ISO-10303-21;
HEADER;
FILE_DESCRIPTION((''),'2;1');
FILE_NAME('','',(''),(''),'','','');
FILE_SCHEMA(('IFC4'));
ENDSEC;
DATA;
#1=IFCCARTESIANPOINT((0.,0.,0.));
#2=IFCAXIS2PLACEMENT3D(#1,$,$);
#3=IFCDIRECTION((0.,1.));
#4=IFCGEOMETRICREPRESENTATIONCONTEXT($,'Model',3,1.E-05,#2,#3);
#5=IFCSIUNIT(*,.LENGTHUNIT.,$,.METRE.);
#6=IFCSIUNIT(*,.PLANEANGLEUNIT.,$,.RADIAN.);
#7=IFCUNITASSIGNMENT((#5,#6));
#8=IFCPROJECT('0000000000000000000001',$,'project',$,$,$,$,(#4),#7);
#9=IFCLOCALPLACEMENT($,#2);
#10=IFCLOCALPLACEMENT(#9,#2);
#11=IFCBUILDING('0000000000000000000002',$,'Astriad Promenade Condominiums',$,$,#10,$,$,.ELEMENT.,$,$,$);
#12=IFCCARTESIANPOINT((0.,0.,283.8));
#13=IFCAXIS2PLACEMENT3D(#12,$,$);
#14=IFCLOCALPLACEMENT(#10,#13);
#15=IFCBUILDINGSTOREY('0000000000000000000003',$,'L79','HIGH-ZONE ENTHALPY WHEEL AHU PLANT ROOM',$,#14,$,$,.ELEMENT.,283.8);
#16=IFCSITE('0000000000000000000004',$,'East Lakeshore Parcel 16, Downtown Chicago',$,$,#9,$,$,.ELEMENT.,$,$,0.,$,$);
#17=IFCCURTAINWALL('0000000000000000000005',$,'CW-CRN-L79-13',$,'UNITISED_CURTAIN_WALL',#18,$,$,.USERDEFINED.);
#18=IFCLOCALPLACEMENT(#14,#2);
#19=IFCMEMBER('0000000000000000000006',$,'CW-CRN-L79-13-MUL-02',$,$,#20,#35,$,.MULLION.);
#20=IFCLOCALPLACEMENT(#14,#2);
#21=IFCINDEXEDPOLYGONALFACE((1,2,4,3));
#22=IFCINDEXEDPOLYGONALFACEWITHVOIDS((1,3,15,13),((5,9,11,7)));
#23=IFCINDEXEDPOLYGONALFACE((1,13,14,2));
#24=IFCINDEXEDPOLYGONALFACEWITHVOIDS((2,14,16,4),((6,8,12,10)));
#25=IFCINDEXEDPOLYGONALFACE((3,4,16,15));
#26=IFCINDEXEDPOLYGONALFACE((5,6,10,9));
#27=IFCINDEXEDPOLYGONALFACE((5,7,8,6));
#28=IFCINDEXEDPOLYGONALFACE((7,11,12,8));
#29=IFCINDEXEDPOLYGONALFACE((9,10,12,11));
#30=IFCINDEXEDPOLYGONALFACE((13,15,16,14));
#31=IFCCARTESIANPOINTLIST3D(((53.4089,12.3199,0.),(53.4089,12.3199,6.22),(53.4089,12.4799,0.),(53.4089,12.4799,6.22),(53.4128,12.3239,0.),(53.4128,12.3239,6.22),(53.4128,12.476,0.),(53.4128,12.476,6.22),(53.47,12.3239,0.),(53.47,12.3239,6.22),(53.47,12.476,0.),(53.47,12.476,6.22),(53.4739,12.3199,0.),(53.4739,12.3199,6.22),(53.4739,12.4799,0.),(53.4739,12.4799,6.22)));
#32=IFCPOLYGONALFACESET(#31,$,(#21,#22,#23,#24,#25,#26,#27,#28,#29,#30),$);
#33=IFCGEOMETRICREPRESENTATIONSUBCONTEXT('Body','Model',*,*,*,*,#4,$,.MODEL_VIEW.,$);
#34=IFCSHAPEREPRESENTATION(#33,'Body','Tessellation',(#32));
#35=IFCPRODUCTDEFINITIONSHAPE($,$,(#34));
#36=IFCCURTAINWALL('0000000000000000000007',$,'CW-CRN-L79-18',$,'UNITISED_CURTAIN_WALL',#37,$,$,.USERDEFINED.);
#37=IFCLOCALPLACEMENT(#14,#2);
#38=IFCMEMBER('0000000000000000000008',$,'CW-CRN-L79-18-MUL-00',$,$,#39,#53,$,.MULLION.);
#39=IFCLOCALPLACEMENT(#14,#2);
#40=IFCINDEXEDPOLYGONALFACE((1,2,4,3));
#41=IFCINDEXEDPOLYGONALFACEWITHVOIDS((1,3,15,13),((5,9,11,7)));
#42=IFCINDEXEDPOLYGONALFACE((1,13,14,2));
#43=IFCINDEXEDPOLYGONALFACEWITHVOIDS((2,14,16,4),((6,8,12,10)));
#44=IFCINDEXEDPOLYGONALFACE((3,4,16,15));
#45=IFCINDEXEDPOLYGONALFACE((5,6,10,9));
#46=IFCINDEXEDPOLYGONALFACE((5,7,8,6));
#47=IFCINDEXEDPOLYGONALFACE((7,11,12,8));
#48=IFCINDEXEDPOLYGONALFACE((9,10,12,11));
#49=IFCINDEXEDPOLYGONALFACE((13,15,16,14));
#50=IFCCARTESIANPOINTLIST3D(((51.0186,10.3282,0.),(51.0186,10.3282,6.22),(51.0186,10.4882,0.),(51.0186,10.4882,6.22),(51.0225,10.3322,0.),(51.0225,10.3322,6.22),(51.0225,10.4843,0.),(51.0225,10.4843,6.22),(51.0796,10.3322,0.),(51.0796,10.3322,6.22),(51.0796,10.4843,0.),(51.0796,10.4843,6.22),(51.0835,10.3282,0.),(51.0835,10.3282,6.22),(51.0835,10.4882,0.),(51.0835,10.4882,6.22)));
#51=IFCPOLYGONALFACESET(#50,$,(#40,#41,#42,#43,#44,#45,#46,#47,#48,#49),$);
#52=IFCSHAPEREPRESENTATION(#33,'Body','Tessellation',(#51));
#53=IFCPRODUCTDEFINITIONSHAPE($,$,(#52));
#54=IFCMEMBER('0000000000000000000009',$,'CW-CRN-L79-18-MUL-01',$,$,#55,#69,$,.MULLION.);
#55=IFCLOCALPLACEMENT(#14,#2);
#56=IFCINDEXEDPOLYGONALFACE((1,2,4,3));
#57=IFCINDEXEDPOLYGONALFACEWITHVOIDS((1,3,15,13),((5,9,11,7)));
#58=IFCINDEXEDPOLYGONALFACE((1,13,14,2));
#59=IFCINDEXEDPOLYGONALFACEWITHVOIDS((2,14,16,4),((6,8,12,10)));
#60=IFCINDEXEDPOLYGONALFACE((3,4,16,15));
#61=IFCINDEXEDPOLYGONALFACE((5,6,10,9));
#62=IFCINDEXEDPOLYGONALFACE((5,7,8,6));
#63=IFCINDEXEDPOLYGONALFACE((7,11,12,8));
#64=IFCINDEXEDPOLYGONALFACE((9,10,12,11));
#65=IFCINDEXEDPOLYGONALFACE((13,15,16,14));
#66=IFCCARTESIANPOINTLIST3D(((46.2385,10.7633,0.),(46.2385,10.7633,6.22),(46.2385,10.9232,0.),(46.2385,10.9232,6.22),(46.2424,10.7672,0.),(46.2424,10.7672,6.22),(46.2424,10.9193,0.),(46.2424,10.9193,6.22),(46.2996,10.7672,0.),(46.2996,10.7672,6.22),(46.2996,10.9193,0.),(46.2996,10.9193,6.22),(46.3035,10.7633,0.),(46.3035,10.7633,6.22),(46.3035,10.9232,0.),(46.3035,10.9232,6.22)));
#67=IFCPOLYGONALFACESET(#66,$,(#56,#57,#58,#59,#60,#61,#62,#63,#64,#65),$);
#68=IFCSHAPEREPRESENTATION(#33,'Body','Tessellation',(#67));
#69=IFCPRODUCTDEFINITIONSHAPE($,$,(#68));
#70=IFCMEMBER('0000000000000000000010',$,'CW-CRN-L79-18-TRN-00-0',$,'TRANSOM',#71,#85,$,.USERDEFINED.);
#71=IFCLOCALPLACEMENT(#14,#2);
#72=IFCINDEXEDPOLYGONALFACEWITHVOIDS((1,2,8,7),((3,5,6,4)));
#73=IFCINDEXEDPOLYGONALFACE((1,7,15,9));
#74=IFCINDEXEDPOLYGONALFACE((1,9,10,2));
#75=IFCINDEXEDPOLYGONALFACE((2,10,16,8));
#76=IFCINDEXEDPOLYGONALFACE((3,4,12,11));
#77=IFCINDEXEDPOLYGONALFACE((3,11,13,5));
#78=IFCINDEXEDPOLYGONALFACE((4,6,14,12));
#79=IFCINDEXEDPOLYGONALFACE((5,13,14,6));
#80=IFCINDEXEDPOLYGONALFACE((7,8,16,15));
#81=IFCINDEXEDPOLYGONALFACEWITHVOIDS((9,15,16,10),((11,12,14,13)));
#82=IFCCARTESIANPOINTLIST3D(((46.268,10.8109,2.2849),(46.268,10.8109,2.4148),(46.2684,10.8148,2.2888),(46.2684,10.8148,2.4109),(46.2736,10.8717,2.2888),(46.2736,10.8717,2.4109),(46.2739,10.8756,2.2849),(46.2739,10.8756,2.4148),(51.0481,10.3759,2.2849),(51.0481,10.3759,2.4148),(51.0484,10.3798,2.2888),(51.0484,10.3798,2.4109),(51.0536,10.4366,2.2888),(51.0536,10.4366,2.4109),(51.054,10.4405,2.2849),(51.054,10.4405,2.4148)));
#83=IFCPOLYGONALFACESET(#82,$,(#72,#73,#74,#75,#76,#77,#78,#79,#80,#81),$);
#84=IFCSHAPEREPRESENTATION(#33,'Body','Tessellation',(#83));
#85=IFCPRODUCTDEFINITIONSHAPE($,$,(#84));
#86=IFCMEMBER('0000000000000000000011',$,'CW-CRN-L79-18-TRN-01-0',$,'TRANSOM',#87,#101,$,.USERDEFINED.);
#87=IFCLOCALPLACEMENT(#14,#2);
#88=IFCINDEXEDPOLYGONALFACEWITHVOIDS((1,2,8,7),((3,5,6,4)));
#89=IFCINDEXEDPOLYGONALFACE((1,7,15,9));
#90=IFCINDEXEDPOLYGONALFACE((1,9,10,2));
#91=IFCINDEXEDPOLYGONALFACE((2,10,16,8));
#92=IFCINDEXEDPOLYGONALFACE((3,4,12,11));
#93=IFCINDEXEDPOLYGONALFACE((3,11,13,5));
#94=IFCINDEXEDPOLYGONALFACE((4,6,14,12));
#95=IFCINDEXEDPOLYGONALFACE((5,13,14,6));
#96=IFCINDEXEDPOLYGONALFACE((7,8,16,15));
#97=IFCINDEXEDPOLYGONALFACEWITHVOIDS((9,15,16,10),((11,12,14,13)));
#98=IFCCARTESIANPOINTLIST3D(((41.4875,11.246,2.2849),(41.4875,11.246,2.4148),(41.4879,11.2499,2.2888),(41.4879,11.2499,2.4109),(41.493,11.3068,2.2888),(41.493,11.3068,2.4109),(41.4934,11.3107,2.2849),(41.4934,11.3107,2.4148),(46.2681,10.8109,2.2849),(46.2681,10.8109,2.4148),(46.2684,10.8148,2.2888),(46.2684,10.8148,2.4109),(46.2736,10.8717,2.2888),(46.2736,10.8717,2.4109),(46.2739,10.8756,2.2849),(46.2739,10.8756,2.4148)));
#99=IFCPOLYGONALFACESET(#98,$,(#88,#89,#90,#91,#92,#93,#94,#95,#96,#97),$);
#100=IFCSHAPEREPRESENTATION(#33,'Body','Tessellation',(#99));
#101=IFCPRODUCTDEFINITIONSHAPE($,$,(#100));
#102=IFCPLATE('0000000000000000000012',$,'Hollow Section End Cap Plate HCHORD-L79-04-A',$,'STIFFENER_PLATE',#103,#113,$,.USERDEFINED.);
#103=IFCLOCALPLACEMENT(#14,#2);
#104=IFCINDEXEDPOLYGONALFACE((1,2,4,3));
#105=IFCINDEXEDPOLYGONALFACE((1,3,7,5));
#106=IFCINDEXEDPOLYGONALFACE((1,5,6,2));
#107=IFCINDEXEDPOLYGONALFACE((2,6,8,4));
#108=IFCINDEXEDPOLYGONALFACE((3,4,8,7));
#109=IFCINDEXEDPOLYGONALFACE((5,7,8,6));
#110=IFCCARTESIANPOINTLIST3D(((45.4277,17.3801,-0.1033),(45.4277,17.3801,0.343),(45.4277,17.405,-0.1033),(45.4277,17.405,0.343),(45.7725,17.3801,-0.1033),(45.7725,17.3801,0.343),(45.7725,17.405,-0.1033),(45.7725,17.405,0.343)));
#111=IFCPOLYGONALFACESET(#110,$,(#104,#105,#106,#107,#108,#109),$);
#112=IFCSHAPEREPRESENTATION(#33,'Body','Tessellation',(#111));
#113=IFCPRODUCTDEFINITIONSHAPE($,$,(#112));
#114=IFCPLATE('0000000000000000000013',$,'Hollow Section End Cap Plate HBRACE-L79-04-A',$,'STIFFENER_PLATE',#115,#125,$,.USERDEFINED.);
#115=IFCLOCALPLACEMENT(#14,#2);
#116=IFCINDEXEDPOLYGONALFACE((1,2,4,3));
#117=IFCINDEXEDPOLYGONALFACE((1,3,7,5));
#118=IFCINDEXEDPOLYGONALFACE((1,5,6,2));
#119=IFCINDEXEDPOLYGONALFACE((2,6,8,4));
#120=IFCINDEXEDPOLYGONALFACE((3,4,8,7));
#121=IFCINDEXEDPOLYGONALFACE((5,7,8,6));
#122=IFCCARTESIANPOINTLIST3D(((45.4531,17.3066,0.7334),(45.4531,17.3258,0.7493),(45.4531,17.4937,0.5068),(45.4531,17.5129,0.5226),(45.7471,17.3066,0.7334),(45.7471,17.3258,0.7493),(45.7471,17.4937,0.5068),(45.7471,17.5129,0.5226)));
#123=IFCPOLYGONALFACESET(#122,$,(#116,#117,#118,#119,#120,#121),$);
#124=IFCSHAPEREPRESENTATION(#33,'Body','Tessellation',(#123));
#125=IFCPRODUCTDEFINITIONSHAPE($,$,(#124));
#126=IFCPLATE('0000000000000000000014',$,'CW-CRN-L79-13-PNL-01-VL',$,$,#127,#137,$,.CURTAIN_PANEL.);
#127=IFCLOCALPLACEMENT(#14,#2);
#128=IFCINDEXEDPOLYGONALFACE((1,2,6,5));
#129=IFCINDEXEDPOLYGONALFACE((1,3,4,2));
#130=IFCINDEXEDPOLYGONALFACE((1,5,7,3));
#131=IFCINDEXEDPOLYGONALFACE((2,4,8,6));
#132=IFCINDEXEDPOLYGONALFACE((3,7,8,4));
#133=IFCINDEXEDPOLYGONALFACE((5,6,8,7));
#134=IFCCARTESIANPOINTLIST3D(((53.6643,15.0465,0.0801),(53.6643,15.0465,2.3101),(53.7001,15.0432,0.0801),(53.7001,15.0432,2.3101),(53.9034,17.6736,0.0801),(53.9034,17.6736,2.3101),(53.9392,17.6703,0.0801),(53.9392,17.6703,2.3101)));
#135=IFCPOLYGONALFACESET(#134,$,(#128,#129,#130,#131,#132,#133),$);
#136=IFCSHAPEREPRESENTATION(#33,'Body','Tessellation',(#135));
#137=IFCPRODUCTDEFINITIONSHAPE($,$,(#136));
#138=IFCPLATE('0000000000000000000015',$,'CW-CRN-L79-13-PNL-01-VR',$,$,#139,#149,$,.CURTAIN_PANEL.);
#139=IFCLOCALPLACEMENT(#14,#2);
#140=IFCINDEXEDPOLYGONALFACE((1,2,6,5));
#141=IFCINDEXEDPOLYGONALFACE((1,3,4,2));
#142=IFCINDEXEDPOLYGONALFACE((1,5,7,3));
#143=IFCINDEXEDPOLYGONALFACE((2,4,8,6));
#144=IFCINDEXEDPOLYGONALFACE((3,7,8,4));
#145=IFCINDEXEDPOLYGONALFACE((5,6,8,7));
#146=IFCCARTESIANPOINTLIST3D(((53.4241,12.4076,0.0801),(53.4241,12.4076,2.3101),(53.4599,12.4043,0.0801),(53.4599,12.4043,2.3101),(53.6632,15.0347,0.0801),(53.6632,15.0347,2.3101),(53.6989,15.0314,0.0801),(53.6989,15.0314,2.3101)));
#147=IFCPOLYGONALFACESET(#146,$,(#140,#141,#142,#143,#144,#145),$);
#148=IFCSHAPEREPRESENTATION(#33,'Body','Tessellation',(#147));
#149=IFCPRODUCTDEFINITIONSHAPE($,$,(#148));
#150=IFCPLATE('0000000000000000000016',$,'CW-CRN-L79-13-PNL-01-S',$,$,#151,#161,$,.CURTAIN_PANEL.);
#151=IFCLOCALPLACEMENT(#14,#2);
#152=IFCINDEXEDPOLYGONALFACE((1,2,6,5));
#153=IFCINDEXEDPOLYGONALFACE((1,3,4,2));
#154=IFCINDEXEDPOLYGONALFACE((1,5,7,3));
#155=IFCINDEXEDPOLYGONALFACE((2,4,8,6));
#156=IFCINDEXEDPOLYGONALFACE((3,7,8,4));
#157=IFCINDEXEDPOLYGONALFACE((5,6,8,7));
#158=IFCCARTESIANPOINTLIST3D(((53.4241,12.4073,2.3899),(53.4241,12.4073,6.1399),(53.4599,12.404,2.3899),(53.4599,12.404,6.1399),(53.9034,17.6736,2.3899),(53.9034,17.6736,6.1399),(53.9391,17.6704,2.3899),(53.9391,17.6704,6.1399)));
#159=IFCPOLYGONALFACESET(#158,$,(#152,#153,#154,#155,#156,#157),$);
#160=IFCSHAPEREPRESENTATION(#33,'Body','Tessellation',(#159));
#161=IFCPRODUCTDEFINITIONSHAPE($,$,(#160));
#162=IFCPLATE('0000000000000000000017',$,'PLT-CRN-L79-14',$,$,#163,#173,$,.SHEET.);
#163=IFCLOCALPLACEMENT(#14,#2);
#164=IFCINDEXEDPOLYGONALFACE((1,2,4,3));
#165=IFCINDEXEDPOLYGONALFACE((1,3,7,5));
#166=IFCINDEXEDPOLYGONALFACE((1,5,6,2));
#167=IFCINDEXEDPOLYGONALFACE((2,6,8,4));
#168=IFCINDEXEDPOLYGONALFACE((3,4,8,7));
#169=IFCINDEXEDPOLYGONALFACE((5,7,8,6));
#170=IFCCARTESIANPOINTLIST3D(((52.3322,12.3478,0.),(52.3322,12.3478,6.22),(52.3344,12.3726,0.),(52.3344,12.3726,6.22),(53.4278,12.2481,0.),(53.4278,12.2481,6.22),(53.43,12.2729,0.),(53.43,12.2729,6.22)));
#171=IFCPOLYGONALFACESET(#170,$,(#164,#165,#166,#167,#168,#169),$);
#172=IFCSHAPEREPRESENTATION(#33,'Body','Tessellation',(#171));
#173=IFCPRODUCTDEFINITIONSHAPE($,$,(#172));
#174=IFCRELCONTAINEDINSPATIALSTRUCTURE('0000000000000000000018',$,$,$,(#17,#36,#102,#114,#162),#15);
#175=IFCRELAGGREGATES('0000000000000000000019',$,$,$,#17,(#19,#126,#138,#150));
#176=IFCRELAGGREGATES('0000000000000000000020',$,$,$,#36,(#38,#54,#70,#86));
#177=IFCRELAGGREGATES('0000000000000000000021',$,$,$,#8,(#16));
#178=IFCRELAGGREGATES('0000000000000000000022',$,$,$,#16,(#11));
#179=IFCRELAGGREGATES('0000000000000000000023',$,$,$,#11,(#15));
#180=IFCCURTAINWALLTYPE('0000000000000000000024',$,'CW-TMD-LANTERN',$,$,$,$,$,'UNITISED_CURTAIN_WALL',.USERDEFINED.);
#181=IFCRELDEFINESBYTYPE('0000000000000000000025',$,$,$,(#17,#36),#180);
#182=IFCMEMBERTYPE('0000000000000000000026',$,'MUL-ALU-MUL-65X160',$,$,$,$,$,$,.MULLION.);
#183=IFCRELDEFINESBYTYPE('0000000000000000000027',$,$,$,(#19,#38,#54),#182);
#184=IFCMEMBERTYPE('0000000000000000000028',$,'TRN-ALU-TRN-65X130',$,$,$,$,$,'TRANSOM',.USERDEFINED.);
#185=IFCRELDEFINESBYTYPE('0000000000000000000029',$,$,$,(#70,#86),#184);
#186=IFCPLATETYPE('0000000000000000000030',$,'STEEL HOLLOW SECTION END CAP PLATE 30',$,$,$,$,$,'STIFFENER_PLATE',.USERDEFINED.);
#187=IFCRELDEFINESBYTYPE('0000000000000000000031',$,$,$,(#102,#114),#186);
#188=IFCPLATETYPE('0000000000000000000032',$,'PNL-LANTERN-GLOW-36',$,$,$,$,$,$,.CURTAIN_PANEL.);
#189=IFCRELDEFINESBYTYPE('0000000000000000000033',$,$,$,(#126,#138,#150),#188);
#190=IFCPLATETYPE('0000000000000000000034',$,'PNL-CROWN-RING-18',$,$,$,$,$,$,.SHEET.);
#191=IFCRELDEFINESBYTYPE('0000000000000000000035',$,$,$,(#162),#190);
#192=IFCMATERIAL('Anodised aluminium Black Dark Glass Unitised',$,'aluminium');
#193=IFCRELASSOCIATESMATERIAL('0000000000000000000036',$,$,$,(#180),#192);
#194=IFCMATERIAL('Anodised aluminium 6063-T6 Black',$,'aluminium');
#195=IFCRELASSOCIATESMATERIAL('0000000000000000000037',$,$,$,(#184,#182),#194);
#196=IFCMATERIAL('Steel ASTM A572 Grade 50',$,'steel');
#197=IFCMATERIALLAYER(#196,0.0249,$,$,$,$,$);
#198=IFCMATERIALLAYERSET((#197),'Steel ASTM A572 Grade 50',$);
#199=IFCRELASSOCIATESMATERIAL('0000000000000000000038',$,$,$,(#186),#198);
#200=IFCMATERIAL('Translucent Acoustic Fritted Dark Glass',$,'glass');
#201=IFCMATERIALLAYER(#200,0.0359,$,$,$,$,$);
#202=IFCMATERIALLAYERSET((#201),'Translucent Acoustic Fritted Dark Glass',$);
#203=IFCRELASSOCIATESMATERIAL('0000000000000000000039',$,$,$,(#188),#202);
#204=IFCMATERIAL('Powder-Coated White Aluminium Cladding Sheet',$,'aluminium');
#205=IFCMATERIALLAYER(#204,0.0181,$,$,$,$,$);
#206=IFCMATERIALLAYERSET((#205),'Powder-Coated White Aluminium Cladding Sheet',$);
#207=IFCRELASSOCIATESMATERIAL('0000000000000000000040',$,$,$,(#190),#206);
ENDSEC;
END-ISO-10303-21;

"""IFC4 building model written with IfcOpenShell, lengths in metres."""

from ifc_helpers import new_model, si_unit, direction, frame, origin, origin_2d, place, context, subcontext, project, spatial, rectangle, hollow_rectangle, extrude, source, transform, mapped, material, layer, layer_set, material_profile, profile_set, type_object, type_shapes, element, aggregate, save


model = new_model("IFC4")

# Units and contexts
model_context = context("Model", 3, precision=1e-05, world=origin(), true_north=direction((0.0, 1.0)))
body_context = subcontext(model_context, "Body", "Model", "MODEL_VIEW")
ifc_project = project(units=[si_unit("LENGTHUNIT", "METRE"), si_unit("PLANEANGLEUNIT", "RADIAN")], contexts=[model_context])

# Site, building, storey
site_placement = place(None, origin())
site = spatial("IfcSite", under=ifc_project, at=site_placement, Name="East Lakeshore Parcel 16, Downtown Chicago", CompositionType="ELEMENT", RefElevation=0.0)
building_placement = place(site_placement, origin())
building = spatial("IfcBuilding", under=site, at=building_placement, Name="Astriad Promenade Condominiums", CompositionType="ELEMENT")
storey_placement = place(building_placement, frame((0.0, 0.0, 283.8)))
storey = spatial("IfcBuildingStorey", under=building, at=storey_placement, Name="L79", Description="HIGH-ZONE ENTHALPY WHEEL AHU PLANT ROOM", CompositionType="ELEMENT", Elevation=283.8)

# Curtain walls, members
ifc_material_1 = material(Name="Anodised aluminium Black Dark Glass Unitised", Category="aluminium")
curtain_wall_type = type_object("IfcCurtainWallType", Name="CW-TMD-LANTERN", ElementType="UNITISED_CURTAIN_WALL", PredefinedType="USERDEFINED", material=ifc_material_1)
curtain_wall_1_placement = place(storey_placement, origin())
curtain_wall_1 = element("IfcCurtainWall", 1, at=curtain_wall_1_placement, inside=storey, type_object=curtain_wall_type, Name="CW-CRN-L79-13", ObjectType="UNITISED_CURTAIN_WALL", PredefinedType="USERDEFINED")
ifc_material_2 = material(Name="Anodised aluminium 6063-T6 Black", Category="aluminium")
ifc_material_profile_1 = material_profile(ifc_material_2, hollow_rectangle(XDim=0.0649, YDim=0.1299, WallThickness=0.0039, at=origin_2d()), Name="ALU-TRN-65X130")
ifc_profile_set_1 = profile_set([ifc_material_profile_1], Name="Anodised aluminium 6063-T6 Black")
member_type_1 = type_object("IfcMemberType", Name="TRN-ALU-TRN-65X130", ElementType="TRANSOM", PredefinedType="USERDEFINED", material=ifc_profile_set_1)
ifc_material_profile_2 = material_profile(ifc_material_2, hollow_rectangle(XDim=0.0649, YDim=0.1599, WallThickness=0.0039, at=origin_2d()), Name="ALU-MUL-65X160")
ifc_profile_set_2 = profile_set([ifc_material_profile_2], Name="Anodised aluminium 6063-T6 Black")
member_type_2 = type_object("IfcMemberType", Name="MUL-ALU-MUL-65X160", PredefinedType="MULLION", material=ifc_profile_set_2)
shared_shape_1 = source(origin(), body_context, "Body", "SweptSolid", [
    extrude(hollow_rectangle(XDim=0.0649, YDim=0.1599, WallThickness=0.0039, at=origin_2d()), origin(), (0.0, 0.0, 1.0), 6.22),
])
type_shapes(member_type_2, [shared_shape_1])
member_1_placement = place(storey_placement, frame((53.4414, 12.3999, 0.0), z_axis=(0.0, 0.0, 1.0), x_axis=(1.0, 0.0, 0.0)))
member_1 = element("IfcMember", 2, at=member_1_placement, type_object=member_type_2, Name="CW-CRN-L79-13-MUL-02", PredefinedType="MULLION", context=body_context, shape_type="MappedRepresentation", body=[
    mapped(shared_shape_1, transform((0.0, 0.0, 0.0), scale=1.0)),
])
curtain_wall_2_placement = place(storey_placement, origin())
curtain_wall_2 = element("IfcCurtainWall", 3, at=curtain_wall_2_placement, inside=storey, type_object=curtain_wall_type, Name="CW-CRN-L79-18", ObjectType="UNITISED_CURTAIN_WALL", PredefinedType="USERDEFINED")
member_2_placement = place(storey_placement, frame((51.051, 10.4082, 0.0), z_axis=(0.0, 0.0, 1.0), x_axis=(1.0, 0.0, 0.0)))
member_2 = element("IfcMember", 4, at=member_2_placement, type_object=member_type_2, Name="CW-CRN-L79-18-MUL-00", PredefinedType="MULLION", context=body_context, shape_type="MappedRepresentation", body=[
    mapped(shared_shape_1, transform((0.0, 0.0, 0.0), scale=1.0)),
])
member_3_placement = place(storey_placement, frame((46.271, 10.8433, 0.0), z_axis=(0.0, 0.0, 1.0), x_axis=(1.0, 0.0, 0.0)))
member_3 = element("IfcMember", 5, at=member_3_placement, type_object=member_type_2, Name="CW-CRN-L79-18-MUL-01", PredefinedType="MULLION", context=body_context, shape_type="MappedRepresentation", body=[
    mapped(shared_shape_1, transform((0.0, 0.0, 0.0), scale=1.0)),
])
shared_shape_2 = source(origin(), body_context, "Body", "SweptSolid", [
    extrude(hollow_rectangle(XDim=0.0649, YDim=0.1299, WallThickness=0.0039, at=origin_2d()), origin(), (0.0, 0.0, 1.0), 4.7998),
])
member_4_placement = place(storey_placement, frame((51.051, 10.4082, 2.3499), z_axis=(-0.995884, 0.090641, 0.0), x_axis=(-0.090641, -0.995884, 0.0)))
member_4 = element("IfcMember", 6, at=member_4_placement, type_object=member_type_1, Name="CW-CRN-L79-18-TRN-00-0", ObjectType="TRANSOM", PredefinedType="USERDEFINED", context=body_context, shape_type="MappedRepresentation", body=[
    mapped(shared_shape_2, transform((0.0, 0.0, 0.0), scale=1.0)),
])
shared_shape_3 = source(origin(), body_context, "Body", "SweptSolid", [
    extrude(hollow_rectangle(XDim=0.0649, YDim=0.1299, WallThickness=0.0039, at=origin_2d()), origin(), (0.0, 0.0, 1.0), 4.8003),
])
member_5_placement = place(storey_placement, frame((46.271, 10.8433, 2.3499), z_axis=(-0.995884, 0.090632, 0.0), x_axis=(-0.090632, -0.995884, 0.0)))
member_5 = element("IfcMember", 7, at=member_5_placement, type_object=member_type_1, Name="CW-CRN-L79-18-TRN-01-0", ObjectType="TRANSOM", PredefinedType="USERDEFINED", context=body_context, shape_type="MappedRepresentation", body=[
    mapped(shared_shape_3, transform((0.0, 0.0, 0.0), scale=1.0)),
])

# Plates
ifc_material_3 = material(Name="Steel ASTM A572 Grade 50", Category="steel")
ifc_layer_1 = layer(ifc_material_3, 0.0249)
ifc_layer_set_1 = layer_set([ifc_layer_1], Name="Steel ASTM A572 Grade 50")
plate_type_1 = type_object("IfcPlateType", Name="STEEL HOLLOW SECTION END CAP PLATE 30", ElementType="STIFFENER_PLATE", PredefinedType="USERDEFINED", material=ifc_layer_set_1)
shared_shape_4 = source(origin(), body_context, "Body", "SweptSolid", [
    extrude(rectangle(XDim=0.3447, YDim=0.4463, at=origin_2d()), origin(), (0.0, 0.0, 1.0), 0.0249),
])
plate_1_placement = place(storey_placement, frame((45.6001, 17.3801, 0.1199), z_axis=(0.0, 1.0, 0.0), x_axis=(-1.0, 0.0, 0.0)))
element("IfcPlate", 8, at=plate_1_placement, inside=storey, type_object=plate_type_1, Name="Hollow Section End Cap Plate HCHORD-L79-04-A", ObjectType="STIFFENER_PLATE", PredefinedType="USERDEFINED", context=body_context, shape_type="MappedRepresentation", body=[
    mapped(shared_shape_4, transform((0.0, 0.0, 0.0), scale=1.0)),
])
shared_shape_5 = source(origin(), body_context, "Body", "SweptSolid", [
    extrude(rectangle(XDim=0.2939, YDim=0.2939, at=origin_2d()), origin(), (0.0, 0.0, 1.0), 0.0249),
])
type_shapes(plate_type_1, [shared_shape_4, shared_shape_5])
plate_2_placement = place(storey_placement, frame((45.6001, 17.4001, 0.6201), z_axis=(0.0, 0.771082, 0.636736), x_axis=(-1.0, 0.0, 0.0)))
element("IfcPlate", 9, at=plate_2_placement, inside=storey, type_object=plate_type_1, Name="Hollow Section End Cap Plate HBRACE-L79-04-A", ObjectType="STIFFENER_PLATE", PredefinedType="USERDEFINED", context=body_context, shape_type="MappedRepresentation", body=[
    mapped(shared_shape_5, transform((0.0, 0.0, 0.0), scale=1.0)),
])

# Plates
ifc_material_4 = material(Name="Translucent Acoustic Fritted Dark Glass", Category="glass")
ifc_layer_2 = layer(ifc_material_4, 0.0359)
ifc_layer_set_2 = layer_set([ifc_layer_2], Name="Translucent Acoustic Fritted Dark Glass")
plate_type_2 = type_object("IfcPlateType", Name="PNL-LANTERN-GLOW-36", PredefinedType="CURTAIN_PANEL", material=ifc_layer_set_2)
shared_shape_6 = source(origin(), body_context, "Body", "SweptSolid", [
    extrude(rectangle(XDim=2.6379, YDim=0.0359, at=origin_2d()), origin(), (0.0, 0.0, 1.0), 2.23),
])
plate_3_placement = place(storey_placement, frame((53.8018, 16.3584, 0.0801), z_axis=(0.0, 0.0, 1.0), x_axis=(-0.090633, -0.995884, 0.0)))
plate_3 = element("IfcPlate", 10, at=plate_3_placement, type_object=plate_type_2, Name="CW-CRN-L79-13-PNL-01-VL", PredefinedType="CURTAIN_PANEL", context=body_context, shape_type="MappedRepresentation", body=[
    mapped(shared_shape_6, transform((0.0, 0.0, 0.0), scale=1.0)),
])
plate_4_placement = place(storey_placement, frame((53.5615, 13.7195, 0.0801), z_axis=(0.0, 0.0, 1.0), x_axis=(-0.090633, -0.995884, 0.0)))
plate_4 = element("IfcPlate", 11, at=plate_4_placement, type_object=plate_type_2, Name="CW-CRN-L79-13-PNL-01-VR", PredefinedType="CURTAIN_PANEL", context=body_context, shape_type="MappedRepresentation", body=[
    mapped(shared_shape_6, transform((0.0, 0.0, 0.0), scale=1.0)),
])
shared_shape_7 = source(origin(), body_context, "Body", "SweptSolid", [
    extrude(rectangle(XDim=5.2881, YDim=0.0359, at=origin_2d()), origin(), (0.0, 0.0, 1.0), 3.75),
])
plate_5_placement = place(storey_placement, frame((53.6816, 15.0388, 2.3899), z_axis=(0.0, 0.0, 1.0), x_axis=(-0.090633, -0.995884, 0.0)))
plate_5 = element("IfcPlate", 12, at=plate_5_placement, type_object=plate_type_2, Name="CW-CRN-L79-13-PNL-01-S", PredefinedType="CURTAIN_PANEL", context=body_context, shape_type="MappedRepresentation", body=[
    mapped(shared_shape_7, transform((0.0, 0.0, 0.0), scale=1.0)),
])
aggregate(curtain_wall_1, [member_1, plate_3, plate_4, plate_5])

# Plate
ifc_material_5 = material(Name="Powder-Coated White Aluminium Cladding Sheet", Category="aluminium")
ifc_layer_3 = layer(ifc_material_5, 0.0181)
ifc_layer_set_3 = layer_set([ifc_layer_3], Name="Powder-Coated White Aluminium Cladding Sheet")
plate_type_3 = type_object("IfcPlateType", Name="PNL-CROWN-RING-18", PredefinedType="SHEET", material=ifc_layer_set_3)
shared_shape_8 = source(origin(), body_context, "Body", "SweptSolid", [
    extrude(rectangle(XDim=1.1001, YDim=0.0249, at=origin_2d()), origin(), (0.0, 0.0, 1.0), 6.22),
])
type_shapes(plate_type_3, [shared_shape_8])
for number, where, z_axis, x_axis, name in (
    (13, (52.8811, 12.3103, 0.0), (0.0, 0.0, 1.0), (-0.995884, 0.090633, 0.0), "PLT-CRN-L79-14"),
):
    element("IfcPlate", number, at=place(storey_placement, frame(where, z_axis=z_axis, x_axis=x_axis)), inside=storey, type_object=plate_type_3, Name=name, PredefinedType="SHEET", context=body_context, shape_type="MappedRepresentation", body=[
        mapped(shared_shape_8, transform((0.0, 0.0, 0.0), scale=1.0)),
    ])

aggregate(curtain_wall_2, [member_2, member_3, member_4, member_5])

save(model, "model.ifc")
